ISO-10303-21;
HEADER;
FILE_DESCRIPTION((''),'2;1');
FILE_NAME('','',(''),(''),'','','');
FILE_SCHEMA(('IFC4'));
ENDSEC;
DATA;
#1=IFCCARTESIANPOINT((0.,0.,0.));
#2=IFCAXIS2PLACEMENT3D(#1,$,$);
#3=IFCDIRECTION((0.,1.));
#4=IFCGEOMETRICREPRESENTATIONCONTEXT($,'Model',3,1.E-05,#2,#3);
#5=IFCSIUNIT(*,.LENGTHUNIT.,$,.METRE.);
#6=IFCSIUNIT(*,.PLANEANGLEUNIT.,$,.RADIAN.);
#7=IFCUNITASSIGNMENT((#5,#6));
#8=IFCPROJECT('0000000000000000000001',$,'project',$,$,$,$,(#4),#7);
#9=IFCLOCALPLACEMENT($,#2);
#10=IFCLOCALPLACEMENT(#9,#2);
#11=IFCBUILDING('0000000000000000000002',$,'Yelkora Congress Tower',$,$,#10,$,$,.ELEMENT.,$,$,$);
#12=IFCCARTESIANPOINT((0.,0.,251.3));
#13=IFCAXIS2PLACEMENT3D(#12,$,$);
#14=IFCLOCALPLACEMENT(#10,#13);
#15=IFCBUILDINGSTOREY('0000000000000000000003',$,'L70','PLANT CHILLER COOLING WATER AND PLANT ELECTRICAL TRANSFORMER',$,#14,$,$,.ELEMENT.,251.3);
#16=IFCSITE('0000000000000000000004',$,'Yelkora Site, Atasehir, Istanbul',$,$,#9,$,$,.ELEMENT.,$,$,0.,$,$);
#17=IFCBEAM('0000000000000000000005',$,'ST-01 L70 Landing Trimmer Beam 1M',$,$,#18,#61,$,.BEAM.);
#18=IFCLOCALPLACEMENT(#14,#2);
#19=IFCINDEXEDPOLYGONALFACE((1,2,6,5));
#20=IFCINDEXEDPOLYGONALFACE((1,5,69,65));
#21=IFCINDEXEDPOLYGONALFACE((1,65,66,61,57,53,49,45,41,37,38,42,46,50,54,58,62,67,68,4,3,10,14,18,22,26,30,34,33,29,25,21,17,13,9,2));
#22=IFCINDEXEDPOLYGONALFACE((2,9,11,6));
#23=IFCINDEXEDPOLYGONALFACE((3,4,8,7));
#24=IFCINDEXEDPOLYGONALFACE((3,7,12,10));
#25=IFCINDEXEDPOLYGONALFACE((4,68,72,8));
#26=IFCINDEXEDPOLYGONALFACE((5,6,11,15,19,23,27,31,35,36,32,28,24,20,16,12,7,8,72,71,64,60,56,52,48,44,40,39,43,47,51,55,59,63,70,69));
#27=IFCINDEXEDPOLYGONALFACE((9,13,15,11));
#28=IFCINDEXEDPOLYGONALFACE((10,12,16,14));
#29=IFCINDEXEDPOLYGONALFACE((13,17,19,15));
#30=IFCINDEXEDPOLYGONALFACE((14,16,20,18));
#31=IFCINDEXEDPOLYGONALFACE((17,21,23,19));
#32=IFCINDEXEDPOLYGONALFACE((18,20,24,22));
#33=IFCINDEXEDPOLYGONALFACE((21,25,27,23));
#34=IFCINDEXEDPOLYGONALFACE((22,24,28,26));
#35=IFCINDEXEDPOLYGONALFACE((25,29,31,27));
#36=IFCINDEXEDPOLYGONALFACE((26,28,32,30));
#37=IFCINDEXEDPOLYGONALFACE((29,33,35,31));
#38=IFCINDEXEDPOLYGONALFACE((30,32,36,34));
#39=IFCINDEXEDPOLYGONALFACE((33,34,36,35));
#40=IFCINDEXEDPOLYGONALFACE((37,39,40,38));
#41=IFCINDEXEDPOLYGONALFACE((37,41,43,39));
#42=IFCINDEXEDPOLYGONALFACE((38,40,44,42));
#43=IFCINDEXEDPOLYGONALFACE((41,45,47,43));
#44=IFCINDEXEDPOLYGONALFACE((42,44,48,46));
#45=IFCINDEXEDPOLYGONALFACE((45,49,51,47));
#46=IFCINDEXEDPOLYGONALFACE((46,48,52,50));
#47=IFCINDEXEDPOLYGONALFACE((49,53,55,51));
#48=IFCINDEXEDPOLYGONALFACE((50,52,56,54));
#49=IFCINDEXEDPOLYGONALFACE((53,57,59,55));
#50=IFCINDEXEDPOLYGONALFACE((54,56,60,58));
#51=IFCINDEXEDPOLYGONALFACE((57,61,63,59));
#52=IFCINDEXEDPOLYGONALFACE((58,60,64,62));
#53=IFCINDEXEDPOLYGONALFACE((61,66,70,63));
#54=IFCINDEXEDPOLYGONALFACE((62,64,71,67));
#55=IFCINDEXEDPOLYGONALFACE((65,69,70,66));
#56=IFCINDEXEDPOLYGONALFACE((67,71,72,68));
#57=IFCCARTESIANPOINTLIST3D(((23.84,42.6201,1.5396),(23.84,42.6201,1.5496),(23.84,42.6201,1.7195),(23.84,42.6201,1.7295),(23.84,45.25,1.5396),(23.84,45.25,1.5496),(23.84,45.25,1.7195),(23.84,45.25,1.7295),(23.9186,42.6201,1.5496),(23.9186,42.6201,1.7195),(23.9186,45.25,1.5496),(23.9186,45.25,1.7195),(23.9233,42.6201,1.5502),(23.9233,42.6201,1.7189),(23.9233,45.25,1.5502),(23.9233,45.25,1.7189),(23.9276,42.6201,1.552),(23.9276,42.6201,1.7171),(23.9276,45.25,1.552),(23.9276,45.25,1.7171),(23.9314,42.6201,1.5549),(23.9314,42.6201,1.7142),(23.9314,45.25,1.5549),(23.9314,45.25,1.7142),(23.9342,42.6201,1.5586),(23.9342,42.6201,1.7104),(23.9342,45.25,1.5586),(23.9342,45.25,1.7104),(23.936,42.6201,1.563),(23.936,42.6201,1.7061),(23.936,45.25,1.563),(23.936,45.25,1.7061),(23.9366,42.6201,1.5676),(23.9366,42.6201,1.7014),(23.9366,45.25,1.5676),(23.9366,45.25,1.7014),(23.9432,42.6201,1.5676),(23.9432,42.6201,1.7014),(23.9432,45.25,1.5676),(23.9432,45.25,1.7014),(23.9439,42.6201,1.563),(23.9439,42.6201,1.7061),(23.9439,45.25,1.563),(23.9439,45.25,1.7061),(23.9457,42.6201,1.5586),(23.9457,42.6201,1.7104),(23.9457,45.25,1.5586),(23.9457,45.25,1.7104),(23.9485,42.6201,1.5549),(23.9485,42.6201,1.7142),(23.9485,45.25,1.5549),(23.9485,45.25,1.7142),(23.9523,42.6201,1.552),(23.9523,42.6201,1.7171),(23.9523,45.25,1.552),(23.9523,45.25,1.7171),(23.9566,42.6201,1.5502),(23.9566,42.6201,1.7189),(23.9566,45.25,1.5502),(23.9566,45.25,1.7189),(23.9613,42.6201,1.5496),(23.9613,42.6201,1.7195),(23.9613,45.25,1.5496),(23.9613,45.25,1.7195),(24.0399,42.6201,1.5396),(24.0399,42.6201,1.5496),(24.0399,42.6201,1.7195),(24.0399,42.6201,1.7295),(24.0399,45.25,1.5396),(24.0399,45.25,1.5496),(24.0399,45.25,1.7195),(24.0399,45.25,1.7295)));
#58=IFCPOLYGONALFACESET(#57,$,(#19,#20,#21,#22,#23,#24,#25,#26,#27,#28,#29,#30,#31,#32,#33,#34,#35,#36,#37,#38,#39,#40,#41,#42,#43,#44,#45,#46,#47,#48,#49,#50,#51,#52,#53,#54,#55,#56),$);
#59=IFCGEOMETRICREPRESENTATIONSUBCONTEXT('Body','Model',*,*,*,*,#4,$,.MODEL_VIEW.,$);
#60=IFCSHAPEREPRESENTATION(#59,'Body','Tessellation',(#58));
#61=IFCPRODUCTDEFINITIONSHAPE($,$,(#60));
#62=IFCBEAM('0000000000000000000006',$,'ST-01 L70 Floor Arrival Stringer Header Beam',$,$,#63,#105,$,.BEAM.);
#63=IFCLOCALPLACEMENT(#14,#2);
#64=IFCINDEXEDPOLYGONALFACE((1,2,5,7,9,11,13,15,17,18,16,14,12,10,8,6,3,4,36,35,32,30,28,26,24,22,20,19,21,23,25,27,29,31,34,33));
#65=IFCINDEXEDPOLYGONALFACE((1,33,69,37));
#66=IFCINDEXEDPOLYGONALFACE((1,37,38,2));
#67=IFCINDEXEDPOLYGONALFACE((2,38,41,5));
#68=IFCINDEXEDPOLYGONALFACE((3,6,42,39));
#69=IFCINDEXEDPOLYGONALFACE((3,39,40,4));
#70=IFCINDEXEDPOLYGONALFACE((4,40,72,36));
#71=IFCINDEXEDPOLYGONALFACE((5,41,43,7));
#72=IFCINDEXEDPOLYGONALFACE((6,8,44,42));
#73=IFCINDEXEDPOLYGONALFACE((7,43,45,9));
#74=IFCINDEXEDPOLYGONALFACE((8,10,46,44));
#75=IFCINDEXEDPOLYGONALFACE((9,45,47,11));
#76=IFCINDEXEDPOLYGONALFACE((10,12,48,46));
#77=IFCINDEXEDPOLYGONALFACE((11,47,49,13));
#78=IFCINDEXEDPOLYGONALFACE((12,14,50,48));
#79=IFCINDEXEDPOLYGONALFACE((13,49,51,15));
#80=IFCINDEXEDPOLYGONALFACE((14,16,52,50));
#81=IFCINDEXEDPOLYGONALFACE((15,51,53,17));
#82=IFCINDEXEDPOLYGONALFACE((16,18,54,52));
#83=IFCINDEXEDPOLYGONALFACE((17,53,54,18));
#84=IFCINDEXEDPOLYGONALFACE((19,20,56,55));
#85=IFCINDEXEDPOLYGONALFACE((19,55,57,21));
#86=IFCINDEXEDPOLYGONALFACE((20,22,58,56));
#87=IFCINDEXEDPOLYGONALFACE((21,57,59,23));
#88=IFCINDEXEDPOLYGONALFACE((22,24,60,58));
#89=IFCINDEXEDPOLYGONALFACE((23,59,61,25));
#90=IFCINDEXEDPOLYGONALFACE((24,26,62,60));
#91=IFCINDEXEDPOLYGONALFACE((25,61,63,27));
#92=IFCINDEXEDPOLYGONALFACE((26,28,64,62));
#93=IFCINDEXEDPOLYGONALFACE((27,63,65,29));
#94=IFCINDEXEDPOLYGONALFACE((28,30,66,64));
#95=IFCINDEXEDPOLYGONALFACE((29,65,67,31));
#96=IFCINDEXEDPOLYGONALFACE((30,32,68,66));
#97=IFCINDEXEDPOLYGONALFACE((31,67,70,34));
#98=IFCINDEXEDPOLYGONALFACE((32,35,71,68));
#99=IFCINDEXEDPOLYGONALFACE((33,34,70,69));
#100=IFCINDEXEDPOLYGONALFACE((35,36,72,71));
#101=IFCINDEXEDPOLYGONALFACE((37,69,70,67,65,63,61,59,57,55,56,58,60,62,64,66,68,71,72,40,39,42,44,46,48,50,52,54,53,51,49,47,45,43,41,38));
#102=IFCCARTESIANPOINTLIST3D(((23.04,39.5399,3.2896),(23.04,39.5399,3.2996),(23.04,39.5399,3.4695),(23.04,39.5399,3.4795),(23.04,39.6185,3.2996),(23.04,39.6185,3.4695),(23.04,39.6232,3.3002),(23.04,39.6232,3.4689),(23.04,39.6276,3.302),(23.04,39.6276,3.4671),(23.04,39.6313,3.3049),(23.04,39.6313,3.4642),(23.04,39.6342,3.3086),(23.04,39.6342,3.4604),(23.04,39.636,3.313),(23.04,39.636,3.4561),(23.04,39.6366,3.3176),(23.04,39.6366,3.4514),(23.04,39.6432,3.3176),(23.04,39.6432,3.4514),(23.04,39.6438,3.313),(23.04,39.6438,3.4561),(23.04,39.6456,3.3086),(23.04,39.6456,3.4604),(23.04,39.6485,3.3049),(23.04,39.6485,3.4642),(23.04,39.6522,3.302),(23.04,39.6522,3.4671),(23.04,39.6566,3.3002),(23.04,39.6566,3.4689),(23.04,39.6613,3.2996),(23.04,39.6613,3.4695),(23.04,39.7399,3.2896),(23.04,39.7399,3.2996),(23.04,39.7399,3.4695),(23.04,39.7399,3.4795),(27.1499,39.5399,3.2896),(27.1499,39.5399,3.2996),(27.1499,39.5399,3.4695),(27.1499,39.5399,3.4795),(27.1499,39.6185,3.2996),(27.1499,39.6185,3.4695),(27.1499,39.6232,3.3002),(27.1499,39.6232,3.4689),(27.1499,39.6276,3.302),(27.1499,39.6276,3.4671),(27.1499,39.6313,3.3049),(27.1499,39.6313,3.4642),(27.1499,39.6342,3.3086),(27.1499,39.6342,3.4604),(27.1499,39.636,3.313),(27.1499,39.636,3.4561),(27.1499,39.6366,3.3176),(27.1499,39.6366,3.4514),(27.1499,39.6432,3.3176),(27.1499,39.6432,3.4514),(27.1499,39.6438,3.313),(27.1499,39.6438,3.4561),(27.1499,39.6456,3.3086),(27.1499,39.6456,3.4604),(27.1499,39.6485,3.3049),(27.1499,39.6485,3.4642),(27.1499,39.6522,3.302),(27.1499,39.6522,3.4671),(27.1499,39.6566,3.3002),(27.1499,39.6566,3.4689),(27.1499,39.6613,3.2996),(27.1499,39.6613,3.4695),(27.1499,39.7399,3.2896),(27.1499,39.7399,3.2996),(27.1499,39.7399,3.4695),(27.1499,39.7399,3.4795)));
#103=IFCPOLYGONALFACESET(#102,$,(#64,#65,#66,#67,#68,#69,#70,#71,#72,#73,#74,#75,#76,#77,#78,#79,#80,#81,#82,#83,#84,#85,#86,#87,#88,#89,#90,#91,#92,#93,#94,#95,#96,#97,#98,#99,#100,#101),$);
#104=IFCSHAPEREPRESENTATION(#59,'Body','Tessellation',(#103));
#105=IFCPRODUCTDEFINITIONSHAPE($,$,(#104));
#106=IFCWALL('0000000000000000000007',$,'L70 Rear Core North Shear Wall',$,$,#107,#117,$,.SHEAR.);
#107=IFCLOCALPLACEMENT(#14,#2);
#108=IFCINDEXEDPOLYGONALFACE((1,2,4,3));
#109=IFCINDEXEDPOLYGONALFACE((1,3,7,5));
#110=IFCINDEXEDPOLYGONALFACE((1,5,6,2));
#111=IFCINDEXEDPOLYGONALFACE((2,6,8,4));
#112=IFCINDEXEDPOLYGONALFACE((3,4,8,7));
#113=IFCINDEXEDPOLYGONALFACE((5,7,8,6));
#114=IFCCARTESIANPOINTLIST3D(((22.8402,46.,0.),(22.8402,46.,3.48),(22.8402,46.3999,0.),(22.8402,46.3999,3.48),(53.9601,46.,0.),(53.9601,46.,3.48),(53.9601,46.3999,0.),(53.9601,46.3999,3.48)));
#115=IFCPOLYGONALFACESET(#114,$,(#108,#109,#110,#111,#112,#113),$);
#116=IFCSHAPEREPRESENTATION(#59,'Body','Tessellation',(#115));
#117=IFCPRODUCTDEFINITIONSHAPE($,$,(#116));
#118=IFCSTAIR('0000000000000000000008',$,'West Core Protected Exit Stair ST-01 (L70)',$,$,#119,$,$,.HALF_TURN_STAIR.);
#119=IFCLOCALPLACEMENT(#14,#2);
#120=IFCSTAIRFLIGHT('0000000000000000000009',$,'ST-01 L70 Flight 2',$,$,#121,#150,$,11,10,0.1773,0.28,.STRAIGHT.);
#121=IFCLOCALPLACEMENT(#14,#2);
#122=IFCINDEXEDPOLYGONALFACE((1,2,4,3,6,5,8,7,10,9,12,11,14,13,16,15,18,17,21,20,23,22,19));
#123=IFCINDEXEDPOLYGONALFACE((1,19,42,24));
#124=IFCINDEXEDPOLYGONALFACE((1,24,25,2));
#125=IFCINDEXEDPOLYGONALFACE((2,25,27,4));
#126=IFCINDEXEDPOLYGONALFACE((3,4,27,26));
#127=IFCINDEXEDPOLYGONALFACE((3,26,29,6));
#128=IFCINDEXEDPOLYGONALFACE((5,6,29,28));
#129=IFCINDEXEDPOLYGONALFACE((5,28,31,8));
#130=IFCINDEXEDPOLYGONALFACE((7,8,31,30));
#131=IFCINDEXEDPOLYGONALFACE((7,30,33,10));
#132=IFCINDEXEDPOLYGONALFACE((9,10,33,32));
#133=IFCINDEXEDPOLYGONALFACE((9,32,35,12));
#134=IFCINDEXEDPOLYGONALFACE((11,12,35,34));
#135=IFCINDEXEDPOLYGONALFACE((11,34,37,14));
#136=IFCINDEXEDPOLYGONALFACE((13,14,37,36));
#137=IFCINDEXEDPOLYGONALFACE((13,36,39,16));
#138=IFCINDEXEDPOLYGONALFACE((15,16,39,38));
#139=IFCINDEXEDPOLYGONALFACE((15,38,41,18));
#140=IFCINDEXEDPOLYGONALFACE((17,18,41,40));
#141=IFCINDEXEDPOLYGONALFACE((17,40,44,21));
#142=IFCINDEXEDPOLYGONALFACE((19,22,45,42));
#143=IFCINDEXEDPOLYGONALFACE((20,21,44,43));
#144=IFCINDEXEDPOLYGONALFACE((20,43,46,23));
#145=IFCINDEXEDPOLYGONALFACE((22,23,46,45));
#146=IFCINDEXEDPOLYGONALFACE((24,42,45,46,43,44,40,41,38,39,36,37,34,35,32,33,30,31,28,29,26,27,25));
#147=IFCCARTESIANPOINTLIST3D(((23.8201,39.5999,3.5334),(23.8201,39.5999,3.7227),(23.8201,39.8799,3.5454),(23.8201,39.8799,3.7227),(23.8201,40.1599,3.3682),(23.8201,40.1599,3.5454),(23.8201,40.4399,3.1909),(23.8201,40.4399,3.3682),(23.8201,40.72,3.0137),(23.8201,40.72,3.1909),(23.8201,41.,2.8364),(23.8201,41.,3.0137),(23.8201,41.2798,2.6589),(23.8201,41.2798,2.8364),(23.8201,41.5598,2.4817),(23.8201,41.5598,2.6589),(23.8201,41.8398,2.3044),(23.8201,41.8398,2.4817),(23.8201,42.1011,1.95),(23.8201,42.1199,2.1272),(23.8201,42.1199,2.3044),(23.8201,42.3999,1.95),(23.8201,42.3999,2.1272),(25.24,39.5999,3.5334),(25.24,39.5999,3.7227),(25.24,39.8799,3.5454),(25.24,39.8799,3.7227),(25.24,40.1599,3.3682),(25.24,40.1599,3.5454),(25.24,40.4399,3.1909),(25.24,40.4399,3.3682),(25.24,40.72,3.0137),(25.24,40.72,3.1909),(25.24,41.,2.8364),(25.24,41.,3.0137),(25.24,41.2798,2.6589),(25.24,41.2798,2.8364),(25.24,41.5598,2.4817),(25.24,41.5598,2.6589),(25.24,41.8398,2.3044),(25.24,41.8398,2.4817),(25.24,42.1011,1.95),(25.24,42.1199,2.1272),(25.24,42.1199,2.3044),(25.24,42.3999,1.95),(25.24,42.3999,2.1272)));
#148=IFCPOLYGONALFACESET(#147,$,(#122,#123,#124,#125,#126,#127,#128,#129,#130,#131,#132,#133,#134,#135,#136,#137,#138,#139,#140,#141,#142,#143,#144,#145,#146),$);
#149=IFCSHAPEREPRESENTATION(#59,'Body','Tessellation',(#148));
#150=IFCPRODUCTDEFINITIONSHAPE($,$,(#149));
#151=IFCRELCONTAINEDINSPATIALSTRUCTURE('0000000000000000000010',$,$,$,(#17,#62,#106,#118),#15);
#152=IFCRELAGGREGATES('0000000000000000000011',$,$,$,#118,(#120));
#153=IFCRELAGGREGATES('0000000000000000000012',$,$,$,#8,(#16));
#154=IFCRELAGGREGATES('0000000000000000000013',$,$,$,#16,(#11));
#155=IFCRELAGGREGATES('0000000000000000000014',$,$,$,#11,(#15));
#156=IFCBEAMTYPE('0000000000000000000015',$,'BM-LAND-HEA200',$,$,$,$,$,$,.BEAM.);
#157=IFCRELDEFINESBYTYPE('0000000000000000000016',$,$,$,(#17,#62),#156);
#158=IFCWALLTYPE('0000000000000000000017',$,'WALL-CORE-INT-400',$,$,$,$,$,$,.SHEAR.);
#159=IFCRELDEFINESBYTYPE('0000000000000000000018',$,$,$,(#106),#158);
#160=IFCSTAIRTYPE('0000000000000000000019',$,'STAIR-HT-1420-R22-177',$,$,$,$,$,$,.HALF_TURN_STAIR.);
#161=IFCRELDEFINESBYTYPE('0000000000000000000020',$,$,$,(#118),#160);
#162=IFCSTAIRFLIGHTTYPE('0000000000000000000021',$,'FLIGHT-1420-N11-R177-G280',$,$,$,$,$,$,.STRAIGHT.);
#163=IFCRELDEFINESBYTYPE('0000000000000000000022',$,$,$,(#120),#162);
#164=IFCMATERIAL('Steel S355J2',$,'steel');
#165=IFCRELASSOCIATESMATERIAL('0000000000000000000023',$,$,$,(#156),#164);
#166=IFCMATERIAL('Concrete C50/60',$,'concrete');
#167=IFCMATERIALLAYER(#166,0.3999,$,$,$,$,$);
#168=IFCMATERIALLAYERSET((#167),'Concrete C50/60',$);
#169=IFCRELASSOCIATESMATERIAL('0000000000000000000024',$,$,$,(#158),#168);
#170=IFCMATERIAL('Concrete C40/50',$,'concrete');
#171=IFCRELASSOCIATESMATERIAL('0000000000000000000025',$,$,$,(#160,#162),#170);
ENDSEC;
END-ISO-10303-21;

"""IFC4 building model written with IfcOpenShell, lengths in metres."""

from ifc_helpers import new_model, si_unit, direction, frame, frame_2d, origin, origin_2d, place, context, subcontext, project, spatial, polyline, rectangle, i_section, outline, extrude, material, layer, layer_set, material_profile, profile_set, type_object, element, aggregate, save


model = new_model("IFC4")

# Units and contexts
model_context = context("Model", 3, precision=1e-05, world=origin(), true_north=direction((0.0, 1.0)))
body_context = subcontext(model_context, "Body", "Model", "MODEL_VIEW")
ifc_project = project(units=[si_unit("LENGTHUNIT", "METRE"), si_unit("PLANEANGLEUNIT", "RADIAN")], contexts=[model_context])

# Site, building, storey
site_placement = place(None, origin())
site = spatial("IfcSite", under=ifc_project, at=site_placement, Name="Yelkora Site, Atasehir, Istanbul", CompositionType="ELEMENT", RefElevation=0.0)
building_placement = place(site_placement, origin())
building = spatial("IfcBuilding", under=site, at=building_placement, Name="Yelkora Congress Tower", CompositionType="ELEMENT")
storey_placement = place(building_placement, frame((0.0, 0.0, 251.3)))
storey = spatial("IfcBuildingStorey", under=building, at=storey_placement, Name="L70", Description="PLANT CHILLER COOLING WATER AND PLANT ELECTRICAL TRANSFORMER", CompositionType="ELEMENT", Elevation=251.3)

# Beams
ifc_material_1 = material(Name="Steel S355J2", Category="steel")
ifc_material_profile_1 = material_profile(ifc_material_1, i_section(OverallWidth=0.2, OverallDepth=0.1899, WebThickness=0.0066, FlangeThickness=0.01, FilletRadius=0.0181, at=origin_2d()), Name="HEA 200")
ifc_profile_set_1 = profile_set([ifc_material_profile_1], Name="Steel S355J2")
beam_type = type_object("IfcBeamType", Name="BM-LAND-HEA200", PredefinedType="BEAM", material=ifc_profile_set_1)
beam_1_placement = place(storey_placement, frame((23.9399, 42.6201, 1.6345), z_axis=(0.0, 1.0, 0.0), x_axis=(-1.0, 0.0, 0.0)))
element("IfcBeam", 1, at=beam_1_placement, inside=storey, type_object=beam_type, Name="ST-01 L70 Landing Trimmer Beam 1M", PredefinedType="BEAM", context=body_context, shape_type="SweptSolid", body=[
    extrude(i_section(OverallWidth=0.2, OverallDepth=0.1899, WebThickness=0.0066, FlangeThickness=0.01, FilletRadius=0.0181, at=origin_2d()), origin(), (0.0, 0.0, 1.0), 2.6299),
])
beam_2_placement = place(storey_placement, frame((23.04, 39.6399, 3.3845), z_axis=(1.0, 0.0, 0.0), x_axis=(0.0, 1.0, 0.0)))
element("IfcBeam", 2, at=beam_2_placement, inside=storey, type_object=beam_type, Name="ST-01 L70 Floor Arrival Stringer Header Beam", PredefinedType="BEAM", context=body_context, shape_type="SweptSolid", body=[
    extrude(i_section(OverallWidth=0.2, OverallDepth=0.1899, WebThickness=0.0066, FlangeThickness=0.01, FilletRadius=0.0181, at=origin_2d()), origin(), (0.0, 0.0, 1.0), 4.1099),
])

# Wall
ifc_material_2 = material(Name="Concrete C50/60", Category="concrete")
ifc_layer_1 = layer(ifc_material_2, 0.3999)
ifc_layer_set_1 = layer_set([ifc_layer_1], Name="Concrete C50/60")
wall_type_1 = type_object("IfcWallType", Name="WALL-CORE-INT-400", PredefinedType="SHEAR", material=ifc_layer_set_1)
wall_1_placement = place(storey_placement, frame((22.8401, 46.2, 0.0), z_axis=(0.0, 0.0, 1.0), x_axis=(1.0, 0.0, 0.0)))
element("IfcWall", 3, at=wall_1_placement, inside=storey, type_object=wall_type_1, Name="L70 Rear Core North Shear Wall", PredefinedType="SHEAR", context=body_context, shape_type="SweptSolid", body=[
    extrude(rectangle(XDim=31.1199, YDim=0.3999, at=frame_2d((15.5601, 0.0))), origin(), (0.0, 0.0, 1.0), 3.48),
])

# Stair, stair flight
ifc_material_3 = material(Name="Concrete C40/50", Category="concrete")
stair_type = type_object("IfcStairType", Name="STAIR-HT-1420-R22-177", PredefinedType="HALF_TURN_STAIR", material=ifc_material_3)
stair_placement = place(storey_placement, origin())
stair = element("IfcStair", 4, at=stair_placement, inside=storey, type_object=stair_type, Name="West Core Protected Exit Stair ST-01 (L70)", PredefinedType="HALF_TURN_STAIR")
stair_flight_type = type_object("IfcStairFlightType", Name="FLIGHT-1420-N11-R177-G280", PredefinedType="STRAIGHT", material=ifc_material_3)
stair_flight_placement = place(storey_placement, frame((24.53, 42.3999, 1.95), z_axis=(0.0, 0.0, 1.0), x_axis=(0.0, -1.0, 0.0)))
stair_flight = element("IfcStairFlight", 5, at=stair_flight_placement, type_object=stair_flight_type, Name="ST-01 L70 Flight 2", NumberOfRisers=11, NumberOfTreads=10, PredefinedType="STRAIGHT", RiserHeight=0.1773, TreadLength=0.28, context=body_context, shape_type="SweptSolid", body=[
    extrude(outline(polyline([(0.0, 0.0), (0.0, 0.1772), (0.28, 0.1772), (0.28, 0.3545), (0.5601, 0.3545), (0.5601, 0.5317), (0.8401, 0.5317), (0.8401, 0.709), (1.1201, 0.709), (1.1201, 0.8865), (1.3999, 0.8865), (1.3999, 1.0637), (1.6799, 1.0637), (1.6799, 1.241), (1.96, 1.241), (1.96, 1.4182), (2.24, 1.4182), (2.24, 1.5955), (2.52, 1.5955), (2.52, 1.7727), (2.8, 1.7727), (2.8, 1.95), (2.8, 1.5835), (0.2988, 0.0), (0.0, 0.0)])), frame((0.0, 0.71, 0.0), z_axis=(0.0, -1.0, 0.0), x_axis=(1.0, 0.0, 0.0)), (0.0, 0.0, 1.0), 1.4199),
])
aggregate(stair, [stair_flight])

save(model, "model.ifc")
